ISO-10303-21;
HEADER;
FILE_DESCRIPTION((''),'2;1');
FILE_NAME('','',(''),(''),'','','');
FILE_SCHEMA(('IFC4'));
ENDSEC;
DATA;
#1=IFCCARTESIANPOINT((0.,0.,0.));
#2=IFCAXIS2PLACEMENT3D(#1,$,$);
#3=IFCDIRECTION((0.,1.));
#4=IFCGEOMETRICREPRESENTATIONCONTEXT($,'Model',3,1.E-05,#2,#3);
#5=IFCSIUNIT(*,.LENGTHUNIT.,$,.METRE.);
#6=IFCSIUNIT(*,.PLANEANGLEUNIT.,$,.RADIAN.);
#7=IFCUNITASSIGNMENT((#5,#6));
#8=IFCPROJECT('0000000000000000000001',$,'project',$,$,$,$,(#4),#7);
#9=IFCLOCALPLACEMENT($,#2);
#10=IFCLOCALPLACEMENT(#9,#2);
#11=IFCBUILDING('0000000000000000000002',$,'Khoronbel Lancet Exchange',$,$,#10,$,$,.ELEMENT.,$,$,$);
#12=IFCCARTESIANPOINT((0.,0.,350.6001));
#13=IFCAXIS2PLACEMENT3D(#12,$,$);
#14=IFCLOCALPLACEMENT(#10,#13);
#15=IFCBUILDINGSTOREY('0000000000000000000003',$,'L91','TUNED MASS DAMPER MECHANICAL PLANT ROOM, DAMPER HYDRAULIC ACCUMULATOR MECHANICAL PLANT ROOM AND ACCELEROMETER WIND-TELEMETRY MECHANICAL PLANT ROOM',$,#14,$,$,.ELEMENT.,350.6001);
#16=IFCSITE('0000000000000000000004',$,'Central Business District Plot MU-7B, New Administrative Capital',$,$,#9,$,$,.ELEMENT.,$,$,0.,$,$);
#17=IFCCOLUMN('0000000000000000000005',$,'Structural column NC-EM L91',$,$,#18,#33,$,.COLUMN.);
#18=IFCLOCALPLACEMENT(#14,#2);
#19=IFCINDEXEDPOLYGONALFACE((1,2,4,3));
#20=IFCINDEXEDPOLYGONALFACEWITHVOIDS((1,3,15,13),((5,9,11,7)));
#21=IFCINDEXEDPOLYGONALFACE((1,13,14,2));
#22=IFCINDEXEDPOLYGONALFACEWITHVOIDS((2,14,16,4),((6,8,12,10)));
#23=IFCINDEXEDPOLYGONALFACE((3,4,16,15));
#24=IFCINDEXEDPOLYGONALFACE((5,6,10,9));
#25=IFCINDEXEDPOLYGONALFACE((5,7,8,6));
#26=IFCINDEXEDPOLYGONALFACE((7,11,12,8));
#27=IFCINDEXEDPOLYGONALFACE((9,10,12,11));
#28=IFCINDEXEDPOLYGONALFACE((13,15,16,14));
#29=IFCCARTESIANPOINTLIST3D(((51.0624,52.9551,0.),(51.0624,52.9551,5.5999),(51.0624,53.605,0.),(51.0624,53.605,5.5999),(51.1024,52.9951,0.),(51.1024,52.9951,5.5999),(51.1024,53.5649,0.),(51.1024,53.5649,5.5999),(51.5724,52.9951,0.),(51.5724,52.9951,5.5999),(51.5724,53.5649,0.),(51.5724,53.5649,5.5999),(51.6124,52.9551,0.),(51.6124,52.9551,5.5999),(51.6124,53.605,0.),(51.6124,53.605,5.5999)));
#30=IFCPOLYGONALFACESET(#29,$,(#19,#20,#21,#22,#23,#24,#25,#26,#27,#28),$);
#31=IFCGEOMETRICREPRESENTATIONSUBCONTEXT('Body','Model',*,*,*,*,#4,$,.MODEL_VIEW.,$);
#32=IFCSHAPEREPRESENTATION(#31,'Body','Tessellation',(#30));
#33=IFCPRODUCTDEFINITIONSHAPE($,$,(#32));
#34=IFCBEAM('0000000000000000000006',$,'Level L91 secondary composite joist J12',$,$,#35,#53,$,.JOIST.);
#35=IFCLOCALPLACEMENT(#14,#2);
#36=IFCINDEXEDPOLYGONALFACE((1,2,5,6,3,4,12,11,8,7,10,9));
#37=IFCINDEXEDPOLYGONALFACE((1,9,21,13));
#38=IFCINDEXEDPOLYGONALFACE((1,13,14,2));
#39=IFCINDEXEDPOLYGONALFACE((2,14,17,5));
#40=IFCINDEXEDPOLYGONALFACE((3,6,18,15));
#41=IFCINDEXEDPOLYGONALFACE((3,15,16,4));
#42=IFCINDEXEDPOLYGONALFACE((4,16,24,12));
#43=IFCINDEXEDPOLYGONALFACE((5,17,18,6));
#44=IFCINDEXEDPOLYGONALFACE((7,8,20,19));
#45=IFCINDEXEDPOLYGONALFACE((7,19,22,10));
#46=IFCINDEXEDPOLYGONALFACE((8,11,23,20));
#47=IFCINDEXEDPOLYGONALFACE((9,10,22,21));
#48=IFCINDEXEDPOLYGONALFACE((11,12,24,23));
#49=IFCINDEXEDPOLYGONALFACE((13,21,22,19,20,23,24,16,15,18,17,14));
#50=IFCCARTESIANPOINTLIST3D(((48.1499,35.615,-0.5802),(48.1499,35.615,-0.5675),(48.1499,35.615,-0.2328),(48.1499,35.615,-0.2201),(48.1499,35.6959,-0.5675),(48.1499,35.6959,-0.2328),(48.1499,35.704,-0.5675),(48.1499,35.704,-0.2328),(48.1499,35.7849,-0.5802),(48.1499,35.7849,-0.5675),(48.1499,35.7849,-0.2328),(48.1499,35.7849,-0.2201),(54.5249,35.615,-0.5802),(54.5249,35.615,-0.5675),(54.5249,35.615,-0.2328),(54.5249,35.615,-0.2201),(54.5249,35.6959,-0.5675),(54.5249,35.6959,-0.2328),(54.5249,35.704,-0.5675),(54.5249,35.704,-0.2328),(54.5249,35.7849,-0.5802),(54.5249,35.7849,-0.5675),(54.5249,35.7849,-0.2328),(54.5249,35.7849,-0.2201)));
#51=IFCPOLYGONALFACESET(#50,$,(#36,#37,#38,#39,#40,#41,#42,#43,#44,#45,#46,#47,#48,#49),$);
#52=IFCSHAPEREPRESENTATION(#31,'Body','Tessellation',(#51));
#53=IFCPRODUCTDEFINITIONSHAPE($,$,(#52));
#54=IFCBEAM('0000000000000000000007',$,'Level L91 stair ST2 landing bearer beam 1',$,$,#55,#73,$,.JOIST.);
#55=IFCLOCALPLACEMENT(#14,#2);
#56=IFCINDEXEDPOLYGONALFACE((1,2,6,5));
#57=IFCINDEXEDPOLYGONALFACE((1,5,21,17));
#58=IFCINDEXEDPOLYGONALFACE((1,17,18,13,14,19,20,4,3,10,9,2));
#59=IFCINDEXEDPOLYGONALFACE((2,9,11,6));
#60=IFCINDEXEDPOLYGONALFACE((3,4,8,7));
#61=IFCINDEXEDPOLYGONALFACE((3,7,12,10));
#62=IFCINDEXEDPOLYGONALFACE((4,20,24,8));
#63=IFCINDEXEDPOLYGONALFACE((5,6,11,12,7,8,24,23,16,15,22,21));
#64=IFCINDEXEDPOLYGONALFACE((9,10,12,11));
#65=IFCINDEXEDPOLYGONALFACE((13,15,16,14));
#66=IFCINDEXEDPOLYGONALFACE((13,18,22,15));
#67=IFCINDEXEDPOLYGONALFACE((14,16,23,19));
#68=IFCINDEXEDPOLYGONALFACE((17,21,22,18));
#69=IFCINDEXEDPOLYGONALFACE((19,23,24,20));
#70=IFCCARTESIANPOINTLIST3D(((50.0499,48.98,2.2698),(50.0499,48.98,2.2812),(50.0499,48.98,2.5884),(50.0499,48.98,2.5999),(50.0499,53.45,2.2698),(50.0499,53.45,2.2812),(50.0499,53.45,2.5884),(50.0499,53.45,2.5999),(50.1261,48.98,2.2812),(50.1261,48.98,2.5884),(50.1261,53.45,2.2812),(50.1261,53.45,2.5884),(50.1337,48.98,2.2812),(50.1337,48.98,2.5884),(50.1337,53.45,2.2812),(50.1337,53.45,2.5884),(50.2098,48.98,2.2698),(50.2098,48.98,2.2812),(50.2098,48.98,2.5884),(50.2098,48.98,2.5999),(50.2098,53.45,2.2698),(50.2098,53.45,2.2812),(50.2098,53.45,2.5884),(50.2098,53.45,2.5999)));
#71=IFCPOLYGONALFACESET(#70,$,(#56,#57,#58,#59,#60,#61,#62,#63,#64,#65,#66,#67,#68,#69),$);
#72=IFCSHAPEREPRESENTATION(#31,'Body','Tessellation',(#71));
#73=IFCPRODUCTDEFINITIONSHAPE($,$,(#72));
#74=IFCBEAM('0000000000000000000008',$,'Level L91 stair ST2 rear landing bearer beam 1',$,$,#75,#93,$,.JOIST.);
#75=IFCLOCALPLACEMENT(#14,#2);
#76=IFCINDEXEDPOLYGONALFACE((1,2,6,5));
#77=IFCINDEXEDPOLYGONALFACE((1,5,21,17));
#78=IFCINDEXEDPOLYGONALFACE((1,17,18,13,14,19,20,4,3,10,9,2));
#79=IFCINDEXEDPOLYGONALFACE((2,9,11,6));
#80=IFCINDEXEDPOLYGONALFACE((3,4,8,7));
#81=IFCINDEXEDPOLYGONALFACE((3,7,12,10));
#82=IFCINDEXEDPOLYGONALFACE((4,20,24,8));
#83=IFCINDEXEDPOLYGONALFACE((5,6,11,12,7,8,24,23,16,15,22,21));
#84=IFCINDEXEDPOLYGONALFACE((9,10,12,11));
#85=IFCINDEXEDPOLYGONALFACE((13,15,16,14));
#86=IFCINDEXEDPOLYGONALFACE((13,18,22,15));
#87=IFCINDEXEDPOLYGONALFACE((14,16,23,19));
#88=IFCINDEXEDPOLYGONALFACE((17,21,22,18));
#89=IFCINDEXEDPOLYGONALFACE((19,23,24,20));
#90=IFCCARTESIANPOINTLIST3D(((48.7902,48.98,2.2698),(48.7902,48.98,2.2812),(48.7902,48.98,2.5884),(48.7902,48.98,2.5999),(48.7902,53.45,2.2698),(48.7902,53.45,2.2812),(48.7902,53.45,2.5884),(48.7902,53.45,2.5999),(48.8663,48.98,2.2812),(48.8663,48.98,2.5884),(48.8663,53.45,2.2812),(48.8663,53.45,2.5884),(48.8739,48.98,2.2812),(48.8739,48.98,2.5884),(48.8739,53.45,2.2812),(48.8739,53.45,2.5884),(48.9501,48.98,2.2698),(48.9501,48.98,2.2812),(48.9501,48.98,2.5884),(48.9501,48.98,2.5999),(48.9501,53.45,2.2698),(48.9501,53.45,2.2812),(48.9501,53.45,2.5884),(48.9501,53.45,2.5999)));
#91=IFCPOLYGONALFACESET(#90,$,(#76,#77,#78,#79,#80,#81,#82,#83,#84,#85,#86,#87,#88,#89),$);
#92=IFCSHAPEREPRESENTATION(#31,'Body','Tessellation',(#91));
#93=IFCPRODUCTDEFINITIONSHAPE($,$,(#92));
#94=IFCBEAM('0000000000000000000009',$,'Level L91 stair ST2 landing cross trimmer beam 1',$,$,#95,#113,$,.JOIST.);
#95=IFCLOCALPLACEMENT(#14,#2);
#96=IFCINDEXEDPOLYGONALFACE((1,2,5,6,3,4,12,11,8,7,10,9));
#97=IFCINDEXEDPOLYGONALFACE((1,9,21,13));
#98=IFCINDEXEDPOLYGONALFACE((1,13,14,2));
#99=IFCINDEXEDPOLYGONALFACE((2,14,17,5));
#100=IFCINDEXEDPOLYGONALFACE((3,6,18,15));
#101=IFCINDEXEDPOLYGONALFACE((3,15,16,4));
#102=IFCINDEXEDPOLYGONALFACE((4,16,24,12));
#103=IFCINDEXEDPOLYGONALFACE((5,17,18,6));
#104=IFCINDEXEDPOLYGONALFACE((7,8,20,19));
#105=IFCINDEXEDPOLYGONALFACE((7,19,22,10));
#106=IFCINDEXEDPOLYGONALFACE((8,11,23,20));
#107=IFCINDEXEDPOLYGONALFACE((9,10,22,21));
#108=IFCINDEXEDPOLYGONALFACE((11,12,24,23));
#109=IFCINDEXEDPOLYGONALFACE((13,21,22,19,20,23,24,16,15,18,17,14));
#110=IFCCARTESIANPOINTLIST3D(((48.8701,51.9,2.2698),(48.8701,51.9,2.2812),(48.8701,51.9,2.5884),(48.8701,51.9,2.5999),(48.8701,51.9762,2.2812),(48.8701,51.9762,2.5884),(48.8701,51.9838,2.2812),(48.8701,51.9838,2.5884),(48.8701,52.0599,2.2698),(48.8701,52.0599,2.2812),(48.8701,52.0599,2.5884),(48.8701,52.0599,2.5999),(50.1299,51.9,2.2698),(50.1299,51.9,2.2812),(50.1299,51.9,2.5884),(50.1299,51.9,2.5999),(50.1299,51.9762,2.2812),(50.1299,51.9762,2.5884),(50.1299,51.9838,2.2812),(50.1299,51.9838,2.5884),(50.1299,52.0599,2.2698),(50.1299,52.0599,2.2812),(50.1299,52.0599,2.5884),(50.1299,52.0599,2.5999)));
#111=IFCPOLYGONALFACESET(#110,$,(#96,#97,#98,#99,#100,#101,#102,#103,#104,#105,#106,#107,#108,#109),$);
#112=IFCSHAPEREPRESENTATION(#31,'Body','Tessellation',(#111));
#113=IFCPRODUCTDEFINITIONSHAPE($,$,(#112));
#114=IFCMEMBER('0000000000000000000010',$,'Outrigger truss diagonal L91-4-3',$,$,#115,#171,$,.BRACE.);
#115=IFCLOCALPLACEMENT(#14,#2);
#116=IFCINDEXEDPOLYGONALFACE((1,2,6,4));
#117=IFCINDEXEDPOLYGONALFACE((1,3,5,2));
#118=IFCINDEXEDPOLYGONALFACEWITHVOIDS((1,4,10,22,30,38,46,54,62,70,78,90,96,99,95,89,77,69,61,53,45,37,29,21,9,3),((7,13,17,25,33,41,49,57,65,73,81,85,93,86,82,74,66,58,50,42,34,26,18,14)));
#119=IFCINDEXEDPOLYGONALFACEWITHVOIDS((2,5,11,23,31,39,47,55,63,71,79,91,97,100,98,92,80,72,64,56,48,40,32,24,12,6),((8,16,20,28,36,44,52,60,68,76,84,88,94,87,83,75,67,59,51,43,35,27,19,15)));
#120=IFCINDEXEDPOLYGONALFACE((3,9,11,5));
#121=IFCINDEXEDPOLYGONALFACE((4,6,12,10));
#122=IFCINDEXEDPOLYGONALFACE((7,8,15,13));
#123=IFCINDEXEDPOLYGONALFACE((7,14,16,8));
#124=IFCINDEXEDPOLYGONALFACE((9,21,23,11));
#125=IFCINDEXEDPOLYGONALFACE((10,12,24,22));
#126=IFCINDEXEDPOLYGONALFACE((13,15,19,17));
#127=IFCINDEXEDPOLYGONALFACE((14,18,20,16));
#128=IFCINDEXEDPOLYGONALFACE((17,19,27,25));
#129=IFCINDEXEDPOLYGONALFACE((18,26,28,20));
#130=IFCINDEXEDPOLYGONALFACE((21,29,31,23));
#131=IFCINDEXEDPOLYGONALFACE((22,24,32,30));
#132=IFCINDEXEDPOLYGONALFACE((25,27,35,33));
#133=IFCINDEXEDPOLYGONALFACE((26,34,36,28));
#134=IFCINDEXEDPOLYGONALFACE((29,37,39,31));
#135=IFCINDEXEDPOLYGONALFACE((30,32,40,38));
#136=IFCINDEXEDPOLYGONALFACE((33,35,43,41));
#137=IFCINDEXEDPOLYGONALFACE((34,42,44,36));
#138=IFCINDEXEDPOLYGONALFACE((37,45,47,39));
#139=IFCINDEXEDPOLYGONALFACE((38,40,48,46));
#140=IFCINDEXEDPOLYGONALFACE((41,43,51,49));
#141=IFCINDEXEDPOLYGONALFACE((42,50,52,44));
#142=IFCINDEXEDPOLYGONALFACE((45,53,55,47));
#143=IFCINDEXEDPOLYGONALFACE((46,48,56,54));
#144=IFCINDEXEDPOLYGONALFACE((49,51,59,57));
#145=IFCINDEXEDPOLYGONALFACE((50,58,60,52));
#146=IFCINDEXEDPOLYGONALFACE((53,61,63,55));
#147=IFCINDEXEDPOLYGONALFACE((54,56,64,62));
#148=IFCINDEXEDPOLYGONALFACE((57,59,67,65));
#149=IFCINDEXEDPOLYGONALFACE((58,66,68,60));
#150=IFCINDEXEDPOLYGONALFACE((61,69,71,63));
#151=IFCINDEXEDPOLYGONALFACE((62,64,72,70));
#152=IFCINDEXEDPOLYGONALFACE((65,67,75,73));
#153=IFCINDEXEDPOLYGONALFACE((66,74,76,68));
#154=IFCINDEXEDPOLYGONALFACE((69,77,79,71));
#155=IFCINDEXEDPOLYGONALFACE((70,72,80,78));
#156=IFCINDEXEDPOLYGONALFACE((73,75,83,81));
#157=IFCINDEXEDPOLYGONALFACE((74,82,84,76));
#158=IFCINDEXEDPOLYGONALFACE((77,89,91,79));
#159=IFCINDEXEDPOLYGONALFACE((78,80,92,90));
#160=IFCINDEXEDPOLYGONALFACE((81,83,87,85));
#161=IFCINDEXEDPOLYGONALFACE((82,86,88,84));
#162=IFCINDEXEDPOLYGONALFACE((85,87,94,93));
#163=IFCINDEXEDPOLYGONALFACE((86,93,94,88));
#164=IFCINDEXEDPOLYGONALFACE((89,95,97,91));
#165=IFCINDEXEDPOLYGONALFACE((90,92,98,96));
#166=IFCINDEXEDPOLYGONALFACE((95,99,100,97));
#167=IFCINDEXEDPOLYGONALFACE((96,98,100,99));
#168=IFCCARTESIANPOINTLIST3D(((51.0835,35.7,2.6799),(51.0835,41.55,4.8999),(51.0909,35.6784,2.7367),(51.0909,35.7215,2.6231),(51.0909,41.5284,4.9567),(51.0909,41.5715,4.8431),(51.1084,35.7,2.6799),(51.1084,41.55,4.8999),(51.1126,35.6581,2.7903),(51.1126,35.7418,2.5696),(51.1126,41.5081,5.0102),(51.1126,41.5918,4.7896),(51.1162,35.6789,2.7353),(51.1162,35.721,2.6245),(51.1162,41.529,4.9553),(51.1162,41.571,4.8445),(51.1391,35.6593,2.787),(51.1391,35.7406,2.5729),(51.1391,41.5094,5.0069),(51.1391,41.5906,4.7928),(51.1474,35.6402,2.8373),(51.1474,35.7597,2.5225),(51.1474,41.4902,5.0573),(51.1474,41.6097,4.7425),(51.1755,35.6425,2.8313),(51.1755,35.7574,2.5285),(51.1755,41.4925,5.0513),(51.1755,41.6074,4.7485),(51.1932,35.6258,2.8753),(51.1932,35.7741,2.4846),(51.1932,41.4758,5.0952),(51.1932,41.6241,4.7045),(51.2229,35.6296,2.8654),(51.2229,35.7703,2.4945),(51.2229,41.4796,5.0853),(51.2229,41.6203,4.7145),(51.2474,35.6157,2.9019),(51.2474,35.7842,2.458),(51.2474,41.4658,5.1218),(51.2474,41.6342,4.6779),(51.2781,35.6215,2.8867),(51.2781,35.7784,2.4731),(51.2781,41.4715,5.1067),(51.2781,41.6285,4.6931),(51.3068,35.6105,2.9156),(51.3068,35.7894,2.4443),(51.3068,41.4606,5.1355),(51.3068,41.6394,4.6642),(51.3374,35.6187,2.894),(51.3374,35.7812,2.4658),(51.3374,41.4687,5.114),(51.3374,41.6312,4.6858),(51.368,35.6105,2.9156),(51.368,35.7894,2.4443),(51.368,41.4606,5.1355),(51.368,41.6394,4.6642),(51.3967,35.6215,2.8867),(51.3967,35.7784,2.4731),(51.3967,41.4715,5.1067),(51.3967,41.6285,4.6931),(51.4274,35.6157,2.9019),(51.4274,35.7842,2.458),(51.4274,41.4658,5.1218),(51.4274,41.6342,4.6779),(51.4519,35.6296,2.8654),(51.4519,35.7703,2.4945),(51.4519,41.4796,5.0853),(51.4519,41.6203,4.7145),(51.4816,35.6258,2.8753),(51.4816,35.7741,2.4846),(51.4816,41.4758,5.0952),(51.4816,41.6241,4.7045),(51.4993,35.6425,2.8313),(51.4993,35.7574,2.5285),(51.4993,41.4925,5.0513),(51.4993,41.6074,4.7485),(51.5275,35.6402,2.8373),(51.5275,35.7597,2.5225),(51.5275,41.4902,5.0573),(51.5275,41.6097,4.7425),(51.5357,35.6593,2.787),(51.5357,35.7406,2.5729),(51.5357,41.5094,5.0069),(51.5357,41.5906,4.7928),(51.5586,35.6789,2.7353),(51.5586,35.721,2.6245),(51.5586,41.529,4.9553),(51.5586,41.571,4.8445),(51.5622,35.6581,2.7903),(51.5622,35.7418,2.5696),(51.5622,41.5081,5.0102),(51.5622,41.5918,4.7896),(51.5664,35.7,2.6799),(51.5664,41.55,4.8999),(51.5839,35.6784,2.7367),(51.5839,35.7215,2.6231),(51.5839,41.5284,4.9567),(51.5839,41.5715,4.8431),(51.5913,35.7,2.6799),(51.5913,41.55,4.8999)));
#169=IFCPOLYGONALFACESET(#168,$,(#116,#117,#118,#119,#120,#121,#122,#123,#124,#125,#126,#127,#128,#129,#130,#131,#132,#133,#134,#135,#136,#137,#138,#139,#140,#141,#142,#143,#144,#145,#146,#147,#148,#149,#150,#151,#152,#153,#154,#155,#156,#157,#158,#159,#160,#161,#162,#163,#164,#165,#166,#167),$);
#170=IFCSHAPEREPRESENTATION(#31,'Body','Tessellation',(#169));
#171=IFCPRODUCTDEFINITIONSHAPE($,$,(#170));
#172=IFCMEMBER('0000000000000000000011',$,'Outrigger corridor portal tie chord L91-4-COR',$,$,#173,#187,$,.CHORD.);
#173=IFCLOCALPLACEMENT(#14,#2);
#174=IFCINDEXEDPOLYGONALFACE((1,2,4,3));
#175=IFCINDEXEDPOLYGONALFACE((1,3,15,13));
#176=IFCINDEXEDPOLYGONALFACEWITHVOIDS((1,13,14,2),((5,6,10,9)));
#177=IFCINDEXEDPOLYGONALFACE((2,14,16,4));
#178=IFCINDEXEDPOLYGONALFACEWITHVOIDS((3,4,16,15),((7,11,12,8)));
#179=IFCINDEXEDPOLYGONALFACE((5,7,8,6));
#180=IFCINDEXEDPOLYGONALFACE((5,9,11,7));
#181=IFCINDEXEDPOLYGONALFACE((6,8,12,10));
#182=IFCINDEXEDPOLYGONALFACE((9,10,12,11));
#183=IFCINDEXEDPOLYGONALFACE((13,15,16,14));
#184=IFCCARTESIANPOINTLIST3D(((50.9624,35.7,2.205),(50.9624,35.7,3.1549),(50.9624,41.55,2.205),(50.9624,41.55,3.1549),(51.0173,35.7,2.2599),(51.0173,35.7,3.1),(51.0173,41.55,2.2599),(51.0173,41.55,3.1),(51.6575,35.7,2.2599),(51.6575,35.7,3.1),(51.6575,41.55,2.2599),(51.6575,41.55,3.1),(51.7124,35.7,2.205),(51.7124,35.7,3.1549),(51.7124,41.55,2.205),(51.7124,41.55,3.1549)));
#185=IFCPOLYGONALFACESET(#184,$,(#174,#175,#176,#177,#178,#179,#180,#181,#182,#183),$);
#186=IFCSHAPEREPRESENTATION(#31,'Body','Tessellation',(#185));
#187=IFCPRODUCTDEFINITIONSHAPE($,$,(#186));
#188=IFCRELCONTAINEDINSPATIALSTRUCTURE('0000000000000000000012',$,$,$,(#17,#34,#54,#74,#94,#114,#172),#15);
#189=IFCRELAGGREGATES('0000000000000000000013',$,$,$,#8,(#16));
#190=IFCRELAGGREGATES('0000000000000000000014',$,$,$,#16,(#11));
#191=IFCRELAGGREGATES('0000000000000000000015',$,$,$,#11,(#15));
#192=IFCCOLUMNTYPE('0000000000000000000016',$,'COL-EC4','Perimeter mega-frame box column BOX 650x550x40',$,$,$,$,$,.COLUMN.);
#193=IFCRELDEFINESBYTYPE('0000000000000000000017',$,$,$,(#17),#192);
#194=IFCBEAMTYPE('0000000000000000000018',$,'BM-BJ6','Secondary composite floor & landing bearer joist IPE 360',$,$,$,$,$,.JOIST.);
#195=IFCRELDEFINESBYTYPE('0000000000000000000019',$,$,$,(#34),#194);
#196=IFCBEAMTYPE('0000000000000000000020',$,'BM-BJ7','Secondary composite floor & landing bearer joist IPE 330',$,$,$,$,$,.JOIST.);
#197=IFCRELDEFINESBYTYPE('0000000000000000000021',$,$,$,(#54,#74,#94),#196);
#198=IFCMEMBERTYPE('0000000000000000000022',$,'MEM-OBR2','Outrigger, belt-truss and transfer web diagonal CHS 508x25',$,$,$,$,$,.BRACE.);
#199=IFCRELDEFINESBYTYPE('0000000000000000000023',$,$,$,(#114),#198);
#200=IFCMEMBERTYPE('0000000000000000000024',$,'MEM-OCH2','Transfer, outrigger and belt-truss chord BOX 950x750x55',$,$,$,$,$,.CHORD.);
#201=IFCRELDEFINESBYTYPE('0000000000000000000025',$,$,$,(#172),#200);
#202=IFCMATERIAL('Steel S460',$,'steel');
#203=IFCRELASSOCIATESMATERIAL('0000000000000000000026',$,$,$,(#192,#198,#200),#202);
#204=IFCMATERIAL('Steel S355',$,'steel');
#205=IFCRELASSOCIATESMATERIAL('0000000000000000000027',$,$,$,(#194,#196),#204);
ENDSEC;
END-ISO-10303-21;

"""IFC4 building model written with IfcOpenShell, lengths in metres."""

from ifc_helpers import new_model, si_unit, direction, frame, origin, origin_2d, place, context, subcontext, project, spatial, hollow_rectangle, hollow_circle, i_section, extrude, material, material_profile, profile_set, type_object, element, save


model = new_model("IFC4")

# Units and contexts
model_context = context("Model", 3, precision=1e-05, world=origin(), true_north=direction((0.0, 1.0)))
body_context = subcontext(model_context, "Body", "Model", "MODEL_VIEW")
ifc_project = project(units=[si_unit("LENGTHUNIT", "METRE"), si_unit("PLANEANGLEUNIT", "RADIAN")], contexts=[model_context])

# Site, building, storey
site_placement = place(None, origin())
site = spatial("IfcSite", under=ifc_project, at=site_placement, Name="Central Business District Plot MU-7B, New Administrative Capital", CompositionType="ELEMENT", RefElevation=0.0)
building_placement = place(site_placement, origin())
building = spatial("IfcBuilding", under=site, at=building_placement, Name="Khoronbel Lancet Exchange", CompositionType="ELEMENT")
storey_placement = place(building_placement, frame((0.0, 0.0, 350.6001)))
storey = spatial("IfcBuildingStorey", under=building, at=storey_placement, Name="L91", Description="TUNED MASS DAMPER MECHANICAL PLANT ROOM, DAMPER HYDRAULIC ACCUMULATOR MECHANICAL PLANT ROOM AND ACCELEROMETER WIND-TELEMETRY MECHANICAL PLANT ROOM", CompositionType="ELEMENT", Elevation=350.6001)

# Column
ifc_material_1 = material(Name="Steel S460", Category="steel")
ifc_material_profile_1 = material_profile(ifc_material_1, hollow_rectangle(XDim=0.55, YDim=0.6499, WallThickness=0.04, at=origin_2d()), Name="BOX 650x550x40")
ifc_profile_set_1 = profile_set([ifc_material_profile_1], Name="Steel S460")
column_type = type_object("IfcColumnType", Name="COL-EC4", Description="Perimeter mega-frame box column BOX 650x550x40", PredefinedType="COLUMN", material=ifc_profile_set_1)
column_placement = place(storey_placement, frame((51.3374, 53.28, 0.0), z_axis=(0.0, 0.0, 1.0), x_axis=(1.0, 0.0, 0.0)))
element("IfcColumn", 1, at=column_placement, inside=storey, type_object=column_type, Name="Structural column NC-EM L91", PredefinedType="COLUMN", context=body_context, shape_type="SweptSolid", body=[
    extrude(hollow_rectangle(XDim=0.55, YDim=0.6499, WallThickness=0.04, at=origin_2d()), origin(), (0.0, 0.0, 1.0), 5.5999),
])

# Beams
ifc_material_2 = material(Name="Steel S355", Category="steel")
ifc_material_profile_2 = material_profile(ifc_material_2, i_section(OverallWidth=0.1699, OverallDepth=0.3601, WebThickness=0.0081, FlangeThickness=0.0127, at=origin_2d()), Name="IPE 360")
ifc_profile_set_2 = profile_set([ifc_material_profile_2], Name="Steel S355")
beam_type_1 = type_object("IfcBeamType", Name="BM-BJ6", Description="Secondary composite floor & landing bearer joist IPE 360", PredefinedType="JOIST", material=ifc_profile_set_2)
beam_1_placement = place(storey_placement, frame((48.1499, 35.7, -0.4001), z_axis=(1.0, 0.0, 0.0), x_axis=(0.0, 1.0, 0.0)))
element("IfcBeam", 2, at=beam_1_placement, inside=storey, type_object=beam_type_1, Name="Level L91 secondary composite joist J12", PredefinedType="JOIST", context=body_context, shape_type="SweptSolid", body=[
    extrude(i_section(OverallWidth=0.1699, OverallDepth=0.3601, WebThickness=0.0081, FlangeThickness=0.0127, at=origin_2d()), origin(), (0.0, 0.0, 1.0), 6.375),
])
ifc_material_profile_3 = material_profile(ifc_material_2, i_section(OverallWidth=0.1599, OverallDepth=0.3301, WebThickness=0.0076, FlangeThickness=0.0115, at=origin_2d()), Name="IPE 330")
ifc_profile_set_3 = profile_set([ifc_material_profile_3], Name="Steel S355")
beam_type_2 = type_object("IfcBeamType", Name="BM-BJ7", Description="Secondary composite floor & landing bearer joist IPE 330", PredefinedType="JOIST", material=ifc_profile_set_3)
for number, where, z_axis, x_axis, name in (
    (3, (50.1299, 48.98, 2.4348), (0.0, 1.0, 0.0), (-1.0, 0.0, 0.0), "Level L91 stair ST2 landing bearer beam 1"),
    (4, (48.8701, 48.98, 2.4348), (0.0, 1.0, 0.0), (-1.0, 0.0, 0.0), "Level L91 stair ST2 rear landing bearer beam 1"),
):
    element("IfcBeam", number, at=place(storey_placement, frame(where, z_axis=z_axis, x_axis=x_axis)), inside=storey, type_object=beam_type_2, Name=name, PredefinedType="JOIST", context=body_context, shape_type="SweptSolid", body=[
        extrude(i_section(OverallWidth=0.1599, OverallDepth=0.3301, WebThickness=0.0076, FlangeThickness=0.0115, at=origin_2d()), origin(), (0.0, 0.0, 1.0), 4.47),
    ])
beam_2_placement = place(storey_placement, frame((48.8701, 51.98, 2.4348), z_axis=(1.0, 0.0, 0.0), x_axis=(0.0, 1.0, 0.0)))
element("IfcBeam", 5, at=beam_2_placement, inside=storey, type_object=beam_type_2, Name="Level L91 stair ST2 landing cross trimmer beam 1", PredefinedType="JOIST", context=body_context, shape_type="SweptSolid", body=[
    extrude(i_section(OverallWidth=0.1599, OverallDepth=0.3301, WebThickness=0.0076, FlangeThickness=0.0115, at=origin_2d()), origin(), (0.0, 0.0, 1.0), 1.2598),
])

# Members
ifc_material_profile_4 = material_profile(ifc_material_1, hollow_circle(Radius=0.2539, WallThickness=0.0249, at=origin_2d()), Name="CHS 508x25")
ifc_profile_set_4 = profile_set([ifc_material_profile_4], Name="Steel S460")
member_type_1 = type_object("IfcMemberType", Name="MEM-OBR2", Description="Outrigger, belt-truss and transfer web diagonal CHS 508x25", PredefinedType="BRACE", material=ifc_profile_set_4)
member_1_placement = place(storey_placement, frame((51.3374, 35.7, 2.6799), z_axis=(0.0, 0.934946, 0.354789), x_axis=(-1.0, 0.0, 0.0)))
element("IfcMember", 6, at=member_1_placement, inside=storey, type_object=member_type_1, Name="Outrigger truss diagonal L91-4-3", PredefinedType="BRACE", context=body_context, shape_type="SweptSolid", body=[
    extrude(hollow_circle(Radius=0.2539, WallThickness=0.0249, at=origin_2d()), origin(), (0.0, 0.0, 1.0), 6.2571),
])
ifc_material_profile_5 = material_profile(ifc_material_1, hollow_rectangle(XDim=0.75, YDim=0.95, WallThickness=0.0549, at=origin_2d()), Name="BOX 950x750x55")
ifc_profile_set_5 = profile_set([ifc_material_profile_5], Name="Steel S460")
member_type_2 = type_object("IfcMemberType", Name="MEM-OCH2", Description="Transfer, outrigger and belt-truss chord BOX 950x750x55", PredefinedType="CHORD", material=ifc_profile_set_5)
member_2_placement = place(storey_placement, frame((51.3374, 35.7, 2.6799), z_axis=(0.0, 1.0, 0.0), x_axis=(-1.0, 0.0, 0.0)))
element("IfcMember", 7, at=member_2_placement, inside=storey, type_object=member_type_2, Name="Outrigger corridor portal tie chord L91-4-COR", PredefinedType="CHORD", context=body_context, shape_type="SweptSolid", body=[
    extrude(hollow_rectangle(XDim=0.75, YDim=0.95, WallThickness=0.0549, at=origin_2d()), origin(), (0.0, 0.0, 1.0), 5.8501),
])

save(model, "model.ifc")
